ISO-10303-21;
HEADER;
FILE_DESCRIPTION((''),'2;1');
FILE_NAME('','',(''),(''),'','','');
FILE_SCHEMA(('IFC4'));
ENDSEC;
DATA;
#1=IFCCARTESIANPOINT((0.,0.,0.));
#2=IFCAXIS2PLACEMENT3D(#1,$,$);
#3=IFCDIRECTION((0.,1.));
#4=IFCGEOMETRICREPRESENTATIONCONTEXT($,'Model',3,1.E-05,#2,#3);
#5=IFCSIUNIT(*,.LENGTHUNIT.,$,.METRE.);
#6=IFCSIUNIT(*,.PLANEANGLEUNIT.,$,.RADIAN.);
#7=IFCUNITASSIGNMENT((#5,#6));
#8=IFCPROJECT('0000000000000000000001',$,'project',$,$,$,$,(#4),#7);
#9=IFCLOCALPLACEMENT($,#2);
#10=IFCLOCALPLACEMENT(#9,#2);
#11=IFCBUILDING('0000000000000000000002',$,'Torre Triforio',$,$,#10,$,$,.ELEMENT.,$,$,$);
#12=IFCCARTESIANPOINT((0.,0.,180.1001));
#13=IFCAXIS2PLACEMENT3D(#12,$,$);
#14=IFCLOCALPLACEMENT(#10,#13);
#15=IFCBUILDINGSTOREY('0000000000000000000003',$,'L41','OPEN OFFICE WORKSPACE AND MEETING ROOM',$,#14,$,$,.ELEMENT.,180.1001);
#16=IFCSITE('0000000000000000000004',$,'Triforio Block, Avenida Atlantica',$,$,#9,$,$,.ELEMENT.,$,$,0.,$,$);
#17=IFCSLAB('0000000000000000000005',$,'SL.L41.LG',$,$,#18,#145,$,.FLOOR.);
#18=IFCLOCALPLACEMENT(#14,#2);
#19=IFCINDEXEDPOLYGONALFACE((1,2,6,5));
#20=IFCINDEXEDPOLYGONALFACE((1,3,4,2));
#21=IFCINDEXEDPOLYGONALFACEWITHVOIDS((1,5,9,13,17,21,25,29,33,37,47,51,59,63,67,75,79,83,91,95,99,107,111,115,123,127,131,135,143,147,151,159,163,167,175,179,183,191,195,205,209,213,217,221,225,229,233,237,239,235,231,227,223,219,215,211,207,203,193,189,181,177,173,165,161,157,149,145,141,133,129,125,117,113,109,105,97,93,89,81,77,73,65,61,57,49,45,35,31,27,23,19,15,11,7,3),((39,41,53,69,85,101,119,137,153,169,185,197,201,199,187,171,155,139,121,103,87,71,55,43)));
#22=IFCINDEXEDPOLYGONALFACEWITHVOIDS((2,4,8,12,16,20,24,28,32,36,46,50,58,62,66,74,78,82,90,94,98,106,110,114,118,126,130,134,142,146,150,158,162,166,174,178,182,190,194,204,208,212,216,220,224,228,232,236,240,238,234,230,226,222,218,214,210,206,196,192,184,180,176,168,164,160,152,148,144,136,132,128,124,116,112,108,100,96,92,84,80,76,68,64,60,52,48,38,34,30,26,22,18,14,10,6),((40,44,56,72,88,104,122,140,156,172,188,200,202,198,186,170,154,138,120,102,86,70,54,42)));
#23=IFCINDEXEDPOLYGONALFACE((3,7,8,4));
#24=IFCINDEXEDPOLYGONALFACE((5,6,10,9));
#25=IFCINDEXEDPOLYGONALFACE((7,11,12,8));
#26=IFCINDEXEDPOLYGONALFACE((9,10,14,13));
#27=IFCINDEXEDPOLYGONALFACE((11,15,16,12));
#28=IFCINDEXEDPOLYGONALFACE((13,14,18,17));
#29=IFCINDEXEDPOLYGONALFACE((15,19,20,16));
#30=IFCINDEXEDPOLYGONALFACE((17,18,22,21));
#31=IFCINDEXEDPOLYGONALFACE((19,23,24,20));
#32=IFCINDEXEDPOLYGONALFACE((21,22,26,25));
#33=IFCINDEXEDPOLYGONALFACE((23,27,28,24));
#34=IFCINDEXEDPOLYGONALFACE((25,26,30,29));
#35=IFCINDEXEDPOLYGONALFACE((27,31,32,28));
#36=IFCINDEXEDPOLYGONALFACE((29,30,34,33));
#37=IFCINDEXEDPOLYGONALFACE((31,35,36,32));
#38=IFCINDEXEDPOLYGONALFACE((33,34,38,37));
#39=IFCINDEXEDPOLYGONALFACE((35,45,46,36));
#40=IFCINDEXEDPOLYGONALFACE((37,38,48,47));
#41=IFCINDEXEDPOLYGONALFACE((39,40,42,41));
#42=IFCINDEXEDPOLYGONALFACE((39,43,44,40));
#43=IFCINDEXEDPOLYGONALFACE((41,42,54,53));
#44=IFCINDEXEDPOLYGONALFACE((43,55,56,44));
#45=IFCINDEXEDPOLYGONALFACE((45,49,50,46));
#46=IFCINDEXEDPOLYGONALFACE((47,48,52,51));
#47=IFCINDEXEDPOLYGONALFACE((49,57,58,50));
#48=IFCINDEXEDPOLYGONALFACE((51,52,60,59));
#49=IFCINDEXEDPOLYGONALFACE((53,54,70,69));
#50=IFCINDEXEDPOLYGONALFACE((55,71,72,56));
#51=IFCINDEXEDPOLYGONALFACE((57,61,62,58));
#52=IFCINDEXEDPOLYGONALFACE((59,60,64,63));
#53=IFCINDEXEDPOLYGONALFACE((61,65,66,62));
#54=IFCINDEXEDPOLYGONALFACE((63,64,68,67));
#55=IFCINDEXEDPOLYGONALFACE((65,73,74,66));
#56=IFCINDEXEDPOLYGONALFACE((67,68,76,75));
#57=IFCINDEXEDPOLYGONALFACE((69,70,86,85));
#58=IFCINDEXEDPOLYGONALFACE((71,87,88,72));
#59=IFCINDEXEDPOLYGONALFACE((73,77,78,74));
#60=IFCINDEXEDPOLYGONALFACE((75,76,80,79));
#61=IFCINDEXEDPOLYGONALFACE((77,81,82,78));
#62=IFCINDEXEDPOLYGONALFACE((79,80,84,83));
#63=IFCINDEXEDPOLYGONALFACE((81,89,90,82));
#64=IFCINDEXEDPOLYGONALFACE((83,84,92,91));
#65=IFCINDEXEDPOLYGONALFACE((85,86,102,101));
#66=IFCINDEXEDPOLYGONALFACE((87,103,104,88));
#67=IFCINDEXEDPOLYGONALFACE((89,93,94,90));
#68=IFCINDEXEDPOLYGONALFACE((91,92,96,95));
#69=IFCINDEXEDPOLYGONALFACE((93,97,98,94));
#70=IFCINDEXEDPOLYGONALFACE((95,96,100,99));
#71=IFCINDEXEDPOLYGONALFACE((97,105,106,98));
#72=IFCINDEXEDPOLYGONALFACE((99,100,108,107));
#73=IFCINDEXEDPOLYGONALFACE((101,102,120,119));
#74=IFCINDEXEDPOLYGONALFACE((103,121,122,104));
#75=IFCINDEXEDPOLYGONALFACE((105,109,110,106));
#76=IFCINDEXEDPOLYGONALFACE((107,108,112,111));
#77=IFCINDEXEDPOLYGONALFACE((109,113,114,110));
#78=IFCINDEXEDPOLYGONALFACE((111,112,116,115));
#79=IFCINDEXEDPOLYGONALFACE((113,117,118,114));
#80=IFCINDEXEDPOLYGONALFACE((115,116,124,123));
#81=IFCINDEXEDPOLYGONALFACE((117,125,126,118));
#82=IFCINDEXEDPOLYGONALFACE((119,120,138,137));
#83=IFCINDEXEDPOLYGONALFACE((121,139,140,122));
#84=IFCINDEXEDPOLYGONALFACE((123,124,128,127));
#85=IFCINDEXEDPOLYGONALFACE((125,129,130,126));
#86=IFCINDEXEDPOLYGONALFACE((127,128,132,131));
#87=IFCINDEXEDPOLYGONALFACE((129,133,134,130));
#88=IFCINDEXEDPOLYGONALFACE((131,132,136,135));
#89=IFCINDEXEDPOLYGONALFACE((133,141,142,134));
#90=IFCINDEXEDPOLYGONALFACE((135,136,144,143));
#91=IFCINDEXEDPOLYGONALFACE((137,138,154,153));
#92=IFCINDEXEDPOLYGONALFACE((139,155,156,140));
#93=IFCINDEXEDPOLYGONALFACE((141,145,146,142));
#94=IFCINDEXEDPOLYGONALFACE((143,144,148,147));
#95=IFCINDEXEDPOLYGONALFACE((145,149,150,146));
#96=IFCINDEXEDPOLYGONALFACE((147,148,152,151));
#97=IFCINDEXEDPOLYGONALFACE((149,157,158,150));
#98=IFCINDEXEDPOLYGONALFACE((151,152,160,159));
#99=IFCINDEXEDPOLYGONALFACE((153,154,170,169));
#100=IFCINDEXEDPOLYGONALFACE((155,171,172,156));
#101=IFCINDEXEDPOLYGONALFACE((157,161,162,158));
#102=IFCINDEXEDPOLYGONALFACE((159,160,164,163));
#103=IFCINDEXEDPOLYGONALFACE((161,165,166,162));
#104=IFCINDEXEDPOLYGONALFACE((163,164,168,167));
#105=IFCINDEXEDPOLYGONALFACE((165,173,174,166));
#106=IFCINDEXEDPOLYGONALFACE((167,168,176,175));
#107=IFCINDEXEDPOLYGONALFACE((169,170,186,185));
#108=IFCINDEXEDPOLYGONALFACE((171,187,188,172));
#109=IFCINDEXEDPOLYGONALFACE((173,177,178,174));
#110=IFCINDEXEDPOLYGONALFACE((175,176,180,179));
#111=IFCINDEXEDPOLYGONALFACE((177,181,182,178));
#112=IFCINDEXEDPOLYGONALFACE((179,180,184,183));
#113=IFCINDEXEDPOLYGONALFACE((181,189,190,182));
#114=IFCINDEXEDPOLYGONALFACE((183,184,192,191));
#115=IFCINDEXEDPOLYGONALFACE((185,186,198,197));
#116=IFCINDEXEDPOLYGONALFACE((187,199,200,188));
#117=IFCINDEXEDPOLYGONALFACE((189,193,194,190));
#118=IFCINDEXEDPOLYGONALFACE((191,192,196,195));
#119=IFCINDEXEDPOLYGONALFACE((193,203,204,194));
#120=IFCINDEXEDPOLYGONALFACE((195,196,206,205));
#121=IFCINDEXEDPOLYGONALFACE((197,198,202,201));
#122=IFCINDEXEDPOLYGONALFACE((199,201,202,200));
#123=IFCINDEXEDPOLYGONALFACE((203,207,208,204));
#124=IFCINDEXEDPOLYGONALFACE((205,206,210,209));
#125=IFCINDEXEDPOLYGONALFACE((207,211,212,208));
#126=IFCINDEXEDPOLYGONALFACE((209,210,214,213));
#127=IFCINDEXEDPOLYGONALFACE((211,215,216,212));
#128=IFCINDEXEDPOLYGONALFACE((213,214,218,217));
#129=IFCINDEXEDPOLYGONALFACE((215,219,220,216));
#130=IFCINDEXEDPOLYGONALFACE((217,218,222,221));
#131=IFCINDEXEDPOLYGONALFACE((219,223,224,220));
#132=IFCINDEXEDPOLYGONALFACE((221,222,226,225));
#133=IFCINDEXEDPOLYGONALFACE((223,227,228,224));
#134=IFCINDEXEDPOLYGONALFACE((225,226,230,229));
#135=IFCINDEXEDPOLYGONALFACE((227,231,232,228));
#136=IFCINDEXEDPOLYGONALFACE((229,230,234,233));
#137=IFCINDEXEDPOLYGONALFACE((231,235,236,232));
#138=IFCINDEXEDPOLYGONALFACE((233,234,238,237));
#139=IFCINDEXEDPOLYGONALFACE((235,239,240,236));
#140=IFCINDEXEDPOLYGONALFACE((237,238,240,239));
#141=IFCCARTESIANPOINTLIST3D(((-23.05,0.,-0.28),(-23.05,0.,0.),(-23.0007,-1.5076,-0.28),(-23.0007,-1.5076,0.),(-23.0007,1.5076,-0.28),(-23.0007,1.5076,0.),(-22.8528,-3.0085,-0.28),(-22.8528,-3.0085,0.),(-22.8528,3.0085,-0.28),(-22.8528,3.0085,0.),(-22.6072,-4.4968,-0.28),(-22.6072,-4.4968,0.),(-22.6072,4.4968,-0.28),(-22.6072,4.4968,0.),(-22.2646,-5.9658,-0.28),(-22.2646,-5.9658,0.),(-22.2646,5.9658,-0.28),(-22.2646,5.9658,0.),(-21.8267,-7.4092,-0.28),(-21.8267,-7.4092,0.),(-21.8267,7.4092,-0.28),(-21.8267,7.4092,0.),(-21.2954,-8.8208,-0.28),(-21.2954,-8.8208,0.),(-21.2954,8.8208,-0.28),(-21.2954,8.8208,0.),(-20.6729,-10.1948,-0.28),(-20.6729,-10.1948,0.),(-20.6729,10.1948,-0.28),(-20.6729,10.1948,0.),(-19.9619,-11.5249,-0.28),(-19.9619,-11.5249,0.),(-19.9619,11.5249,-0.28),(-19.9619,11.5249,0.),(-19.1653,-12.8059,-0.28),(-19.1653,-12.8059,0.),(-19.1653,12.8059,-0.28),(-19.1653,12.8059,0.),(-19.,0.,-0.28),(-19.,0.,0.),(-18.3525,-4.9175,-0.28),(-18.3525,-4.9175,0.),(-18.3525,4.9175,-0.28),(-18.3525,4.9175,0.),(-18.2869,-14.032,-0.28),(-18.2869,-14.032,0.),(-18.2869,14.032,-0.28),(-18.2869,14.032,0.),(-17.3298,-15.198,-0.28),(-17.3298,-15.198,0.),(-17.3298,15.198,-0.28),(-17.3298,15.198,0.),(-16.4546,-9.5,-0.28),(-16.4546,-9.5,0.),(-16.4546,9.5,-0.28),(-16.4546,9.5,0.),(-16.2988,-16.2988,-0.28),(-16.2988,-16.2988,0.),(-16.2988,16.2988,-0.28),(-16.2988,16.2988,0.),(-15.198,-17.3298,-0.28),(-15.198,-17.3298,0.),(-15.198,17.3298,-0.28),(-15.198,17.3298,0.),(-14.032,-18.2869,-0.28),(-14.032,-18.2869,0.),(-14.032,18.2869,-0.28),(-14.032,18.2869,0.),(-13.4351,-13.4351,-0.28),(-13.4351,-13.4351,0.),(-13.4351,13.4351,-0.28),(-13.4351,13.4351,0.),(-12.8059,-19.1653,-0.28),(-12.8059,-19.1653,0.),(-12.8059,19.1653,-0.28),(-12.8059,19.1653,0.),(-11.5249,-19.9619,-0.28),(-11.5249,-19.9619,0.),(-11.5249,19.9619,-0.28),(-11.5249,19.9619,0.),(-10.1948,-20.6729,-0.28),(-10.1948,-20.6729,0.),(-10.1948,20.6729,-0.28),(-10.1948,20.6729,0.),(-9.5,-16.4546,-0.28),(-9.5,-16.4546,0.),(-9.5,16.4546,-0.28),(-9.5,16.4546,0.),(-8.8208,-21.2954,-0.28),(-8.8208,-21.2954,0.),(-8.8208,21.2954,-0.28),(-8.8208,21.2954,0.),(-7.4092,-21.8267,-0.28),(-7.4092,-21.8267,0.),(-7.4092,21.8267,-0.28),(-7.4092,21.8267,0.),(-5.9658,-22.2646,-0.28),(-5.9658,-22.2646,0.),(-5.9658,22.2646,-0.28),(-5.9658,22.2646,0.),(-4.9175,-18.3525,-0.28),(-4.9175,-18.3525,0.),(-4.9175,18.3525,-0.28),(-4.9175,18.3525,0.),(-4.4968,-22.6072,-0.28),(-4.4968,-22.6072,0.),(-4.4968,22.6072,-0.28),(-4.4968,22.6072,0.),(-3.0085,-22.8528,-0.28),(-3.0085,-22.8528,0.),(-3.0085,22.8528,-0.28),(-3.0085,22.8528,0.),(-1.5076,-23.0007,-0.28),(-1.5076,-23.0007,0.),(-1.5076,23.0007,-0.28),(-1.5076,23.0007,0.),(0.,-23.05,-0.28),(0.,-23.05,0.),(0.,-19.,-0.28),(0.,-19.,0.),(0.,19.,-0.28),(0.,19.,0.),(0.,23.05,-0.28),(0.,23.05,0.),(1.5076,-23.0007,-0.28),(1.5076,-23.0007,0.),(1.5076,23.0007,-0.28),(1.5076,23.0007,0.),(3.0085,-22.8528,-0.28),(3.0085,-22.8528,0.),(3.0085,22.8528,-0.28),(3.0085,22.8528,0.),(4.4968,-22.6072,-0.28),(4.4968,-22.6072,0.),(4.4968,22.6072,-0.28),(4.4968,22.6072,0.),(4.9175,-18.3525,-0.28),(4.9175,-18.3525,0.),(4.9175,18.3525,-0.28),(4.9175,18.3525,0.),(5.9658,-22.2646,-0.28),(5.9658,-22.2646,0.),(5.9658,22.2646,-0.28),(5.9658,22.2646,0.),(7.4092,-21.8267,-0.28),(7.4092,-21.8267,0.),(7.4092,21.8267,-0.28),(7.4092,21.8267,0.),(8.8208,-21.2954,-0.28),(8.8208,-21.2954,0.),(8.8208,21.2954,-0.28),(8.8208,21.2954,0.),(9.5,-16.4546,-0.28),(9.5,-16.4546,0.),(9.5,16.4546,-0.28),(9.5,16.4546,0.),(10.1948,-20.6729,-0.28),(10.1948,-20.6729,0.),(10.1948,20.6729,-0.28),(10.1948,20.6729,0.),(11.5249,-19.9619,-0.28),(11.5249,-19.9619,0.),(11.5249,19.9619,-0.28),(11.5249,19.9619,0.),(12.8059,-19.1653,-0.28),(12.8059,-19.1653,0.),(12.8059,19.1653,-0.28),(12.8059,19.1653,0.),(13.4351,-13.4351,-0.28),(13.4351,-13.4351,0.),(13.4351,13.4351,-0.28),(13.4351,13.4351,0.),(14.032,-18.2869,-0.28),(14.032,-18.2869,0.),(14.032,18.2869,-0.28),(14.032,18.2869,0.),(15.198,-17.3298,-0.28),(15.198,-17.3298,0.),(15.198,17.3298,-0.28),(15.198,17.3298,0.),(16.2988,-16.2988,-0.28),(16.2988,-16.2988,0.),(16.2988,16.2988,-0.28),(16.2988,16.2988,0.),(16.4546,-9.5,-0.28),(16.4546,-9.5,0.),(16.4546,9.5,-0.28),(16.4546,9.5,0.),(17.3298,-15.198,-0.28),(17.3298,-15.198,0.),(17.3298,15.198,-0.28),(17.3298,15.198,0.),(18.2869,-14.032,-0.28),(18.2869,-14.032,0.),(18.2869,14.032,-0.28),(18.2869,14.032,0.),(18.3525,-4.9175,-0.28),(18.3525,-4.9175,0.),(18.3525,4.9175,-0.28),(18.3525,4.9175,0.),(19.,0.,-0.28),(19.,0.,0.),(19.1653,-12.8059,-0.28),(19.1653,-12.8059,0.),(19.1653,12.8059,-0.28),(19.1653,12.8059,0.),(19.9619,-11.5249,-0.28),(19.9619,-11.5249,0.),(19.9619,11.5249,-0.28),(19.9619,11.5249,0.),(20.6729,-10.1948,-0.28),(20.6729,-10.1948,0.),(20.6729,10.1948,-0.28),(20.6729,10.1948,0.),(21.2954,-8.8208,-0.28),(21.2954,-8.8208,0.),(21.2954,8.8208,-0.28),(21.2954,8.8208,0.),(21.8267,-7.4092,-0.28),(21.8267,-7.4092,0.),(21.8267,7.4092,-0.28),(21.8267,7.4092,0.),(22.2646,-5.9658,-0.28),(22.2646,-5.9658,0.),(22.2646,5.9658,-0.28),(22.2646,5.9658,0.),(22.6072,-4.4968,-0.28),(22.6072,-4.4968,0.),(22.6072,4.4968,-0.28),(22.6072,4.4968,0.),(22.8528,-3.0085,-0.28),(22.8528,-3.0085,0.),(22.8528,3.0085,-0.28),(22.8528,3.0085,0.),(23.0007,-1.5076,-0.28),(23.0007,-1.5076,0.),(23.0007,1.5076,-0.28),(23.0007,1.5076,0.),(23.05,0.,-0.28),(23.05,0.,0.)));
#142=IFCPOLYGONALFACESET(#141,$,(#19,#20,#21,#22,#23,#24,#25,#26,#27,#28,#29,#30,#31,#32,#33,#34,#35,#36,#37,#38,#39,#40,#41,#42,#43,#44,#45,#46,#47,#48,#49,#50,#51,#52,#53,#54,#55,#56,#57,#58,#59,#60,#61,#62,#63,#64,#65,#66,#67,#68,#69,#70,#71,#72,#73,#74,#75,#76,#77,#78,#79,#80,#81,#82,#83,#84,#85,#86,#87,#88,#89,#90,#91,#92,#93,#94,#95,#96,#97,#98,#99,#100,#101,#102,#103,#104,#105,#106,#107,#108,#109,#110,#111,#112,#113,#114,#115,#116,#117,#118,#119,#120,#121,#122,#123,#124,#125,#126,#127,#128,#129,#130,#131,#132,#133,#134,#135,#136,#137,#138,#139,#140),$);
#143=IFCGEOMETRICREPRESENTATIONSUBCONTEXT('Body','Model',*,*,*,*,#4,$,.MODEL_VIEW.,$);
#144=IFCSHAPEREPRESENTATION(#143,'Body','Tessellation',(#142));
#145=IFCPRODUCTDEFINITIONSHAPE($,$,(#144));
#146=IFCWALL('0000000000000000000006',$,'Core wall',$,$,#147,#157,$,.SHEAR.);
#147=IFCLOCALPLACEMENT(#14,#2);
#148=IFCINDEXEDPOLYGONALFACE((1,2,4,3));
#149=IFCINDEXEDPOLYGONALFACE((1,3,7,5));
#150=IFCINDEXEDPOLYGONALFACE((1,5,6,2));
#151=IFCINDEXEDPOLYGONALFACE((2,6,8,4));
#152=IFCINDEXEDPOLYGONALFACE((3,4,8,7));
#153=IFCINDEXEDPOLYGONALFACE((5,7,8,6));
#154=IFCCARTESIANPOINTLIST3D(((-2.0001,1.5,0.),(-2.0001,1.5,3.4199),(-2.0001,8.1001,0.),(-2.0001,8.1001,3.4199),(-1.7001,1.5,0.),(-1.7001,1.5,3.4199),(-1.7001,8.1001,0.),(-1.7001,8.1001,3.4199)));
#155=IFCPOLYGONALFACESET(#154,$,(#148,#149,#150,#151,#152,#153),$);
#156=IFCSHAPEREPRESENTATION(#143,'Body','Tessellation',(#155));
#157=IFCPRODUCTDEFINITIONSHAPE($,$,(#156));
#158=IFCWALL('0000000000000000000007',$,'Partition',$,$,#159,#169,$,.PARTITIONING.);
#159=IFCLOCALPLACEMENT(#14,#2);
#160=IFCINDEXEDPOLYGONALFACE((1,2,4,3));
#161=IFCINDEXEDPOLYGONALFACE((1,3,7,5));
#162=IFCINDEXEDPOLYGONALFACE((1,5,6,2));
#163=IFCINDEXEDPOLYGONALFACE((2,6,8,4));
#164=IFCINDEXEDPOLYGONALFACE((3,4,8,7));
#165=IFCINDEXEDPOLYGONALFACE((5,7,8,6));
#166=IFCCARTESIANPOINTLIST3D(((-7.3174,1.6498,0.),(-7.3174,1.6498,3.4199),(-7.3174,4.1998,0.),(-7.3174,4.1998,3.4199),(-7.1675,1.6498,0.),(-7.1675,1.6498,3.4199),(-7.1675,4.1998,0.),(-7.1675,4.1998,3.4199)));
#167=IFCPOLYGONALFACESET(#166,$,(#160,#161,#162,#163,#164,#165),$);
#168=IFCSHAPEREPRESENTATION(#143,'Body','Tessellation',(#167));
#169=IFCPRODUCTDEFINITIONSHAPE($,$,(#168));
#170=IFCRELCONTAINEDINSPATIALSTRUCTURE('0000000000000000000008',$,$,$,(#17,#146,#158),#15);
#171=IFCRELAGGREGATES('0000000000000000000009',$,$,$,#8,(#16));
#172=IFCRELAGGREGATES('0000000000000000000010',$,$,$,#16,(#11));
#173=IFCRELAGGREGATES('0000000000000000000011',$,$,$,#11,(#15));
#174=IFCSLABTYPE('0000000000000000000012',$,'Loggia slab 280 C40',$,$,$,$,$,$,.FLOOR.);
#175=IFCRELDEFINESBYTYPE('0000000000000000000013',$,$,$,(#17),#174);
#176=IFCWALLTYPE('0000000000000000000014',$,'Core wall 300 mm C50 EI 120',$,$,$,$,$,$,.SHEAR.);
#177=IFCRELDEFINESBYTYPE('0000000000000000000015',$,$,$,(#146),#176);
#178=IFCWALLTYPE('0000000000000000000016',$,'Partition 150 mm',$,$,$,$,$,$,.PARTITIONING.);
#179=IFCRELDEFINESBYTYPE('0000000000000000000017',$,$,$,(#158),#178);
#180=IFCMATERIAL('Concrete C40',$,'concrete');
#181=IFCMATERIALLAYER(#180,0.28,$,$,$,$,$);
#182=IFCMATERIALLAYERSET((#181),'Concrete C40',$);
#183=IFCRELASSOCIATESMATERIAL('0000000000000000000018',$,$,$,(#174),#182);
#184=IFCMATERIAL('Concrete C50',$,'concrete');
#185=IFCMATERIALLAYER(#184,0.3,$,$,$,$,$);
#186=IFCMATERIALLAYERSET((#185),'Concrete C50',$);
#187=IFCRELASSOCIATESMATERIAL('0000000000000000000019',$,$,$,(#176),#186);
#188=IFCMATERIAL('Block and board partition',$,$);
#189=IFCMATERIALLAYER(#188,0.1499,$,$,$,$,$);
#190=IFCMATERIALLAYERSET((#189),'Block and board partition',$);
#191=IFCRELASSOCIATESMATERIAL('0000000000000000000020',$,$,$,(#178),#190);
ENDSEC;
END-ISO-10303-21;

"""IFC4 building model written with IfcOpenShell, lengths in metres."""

from ifc_helpers import new_model, si_unit, direction, frame, frame_2d, origin, place, context, subcontext, project, spatial, polyline, rectangle, outline, extrude, material, layer, layer_set, type_object, element, save


model = new_model("IFC4")

# Units and contexts
model_context = context("Model", 3, precision=1e-05, world=origin(), true_north=direction((0.0, 1.0)))
body_context = subcontext(model_context, "Body", "Model", "MODEL_VIEW")
ifc_project = project(units=[si_unit("LENGTHUNIT", "METRE"), si_unit("PLANEANGLEUNIT", "RADIAN")], contexts=[model_context])

# Site, building, storey
site_placement = place(None, origin())
site = spatial("IfcSite", under=ifc_project, at=site_placement, Name="Triforio Block, Avenida Atlantica", CompositionType="ELEMENT", RefElevation=0.0)
building_placement = place(site_placement, origin())
building = spatial("IfcBuilding", under=site, at=building_placement, Name="Torre Triforio", CompositionType="ELEMENT")
storey_placement = place(building_placement, frame((0.0, 0.0, 180.1001)))
storey = spatial("IfcBuildingStorey", under=building, at=storey_placement, Name="L41", Description="OPEN OFFICE WORKSPACE AND MEETING ROOM", CompositionType="ELEMENT", Elevation=180.1001)

# Slab
ifc_material_1 = material(Name="Concrete C40", Category="concrete")
ifc_layer_1 = layer(ifc_material_1, 0.28)
ifc_layer_set_1 = layer_set([ifc_layer_1], Name="Concrete C40")
slab_type_1 = type_object("IfcSlabType", Name="Loggia slab 280 C40", PredefinedType="FLOOR", material=ifc_layer_set_1)
slab_1_placement = place(storey_placement, frame((0.0, 0.0, -0.28)))
element("IfcSlab", 1, at=slab_1_placement, inside=storey, type_object=slab_type_1, Name="SL.L41.LG", PredefinedType="FLOOR", context=body_context, shape_type="SweptSolid", body=[
    extrude(outline(polyline([(23.0007, -1.5076), (23.05, 0.0), (23.0007, 1.5076), (22.8528, 3.0085), (22.6072, 4.4968), (22.2646, 5.9658), (21.8267, 7.4092), (21.2954, 8.8208), (20.6729, 10.1948), (19.9619, 11.5249), (19.1653, 12.8059), (18.2869, 14.032), (17.3298, 15.198), (16.2988, 16.2988), (15.198, 17.3298), (14.032, 18.2869), (12.8059, 19.1653), (11.5249, 19.9619), (10.1948, 20.6729), (8.8208, 21.2954), (7.4092, 21.8267), (5.9658, 22.2646), (4.4968, 22.6072), (3.0085, 22.8528), (1.5076, 23.0007), (0.0, 23.05), (-1.5076, 23.0007), (-3.0085, 22.8528), (-4.4968, 22.6072), (-5.9658, 22.2646), (-7.4092, 21.8267), (-8.8208, 21.2954), (-10.1948, 20.6729), (-11.5249, 19.9619), (-12.8059, 19.1653), (-14.032, 18.2869), (-15.198, 17.3298), (-16.2988, 16.2988), (-17.3298, 15.198), (-18.2869, 14.032), (-19.1653, 12.8059), (-19.9619, 11.5249), (-20.6729, 10.1948), (-21.2954, 8.8208), (-21.8267, 7.4092), (-22.2646, 5.9658), (-22.6072, 4.4968), (-22.8528, 3.0085), (-23.0007, 1.5076), (-23.05, 0.0), (-23.0007, -1.5076), (-22.8528, -3.0085), (-22.6072, -4.4968), (-22.2646, -5.9658), (-21.8267, -7.4092), (-21.2954, -8.8208), (-20.6729, -10.1948), (-19.9619, -11.5249), (-19.1653, -12.8059), (-18.2869, -14.032), (-17.3298, -15.198), (-16.2988, -16.2988), (-15.198, -17.3298), (-14.032, -18.2869), (-12.8059, -19.1653), (-11.5249, -19.9619), (-10.1948, -20.6729), (-8.8208, -21.2954), (-7.4092, -21.8267), (-5.9658, -22.2646), (-4.4968, -22.6072), (-3.0085, -22.8528), (-1.5076, -23.0007), (0.0, -23.05), (1.5076, -23.0007), (3.0085, -22.8528), (4.4968, -22.6072), (5.9658, -22.2646), (7.4092, -21.8267), (8.8208, -21.2954), (10.1948, -20.6729), (11.5249, -19.9619), (12.8059, -19.1653), (14.032, -18.2869), (15.198, -17.3298), (16.2988, -16.2988), (17.3298, -15.198), (18.2869, -14.032), (19.1653, -12.8059), (19.9619, -11.5249), (20.6729, -10.1948), (21.2954, -8.8208), (21.8267, -7.4092), (22.2646, -5.9658), (22.6072, -4.4968), (22.8528, -3.0085), (23.0007, -1.5076)]), holes=[polyline([(18.3525, 4.9175), (19.0, 0.0), (18.3525, -4.9175), (16.4546, -9.5), (13.4351, -13.4351), (9.5, -16.4546), (4.9175, -18.3525), (0.0, -19.0), (-4.9175, -18.3525), (-9.5, -16.4546), (-13.4351, -13.4351), (-16.4546, -9.5), (-18.3525, -4.9175), (-19.0, 0.0), (-18.3525, 4.9175), (-16.4546, 9.5), (-13.4351, 13.4351), (-9.5, 16.4546), (-4.9175, 18.3525), (0.0, 19.0), (4.9175, 18.3525), (9.5, 16.4546), (13.4351, 13.4351), (16.4546, 9.5), (18.3525, 4.9175)])]), origin(), (0.0, 0.0, 1.0), 0.28),
])

# Walls
ifc_material_2 = material(Name="Concrete C50", Category="concrete")
ifc_layer_2 = layer(ifc_material_2, 0.3)
ifc_layer_set_2 = layer_set([ifc_layer_2], Name="Concrete C50")
wall_type_1 = type_object("IfcWallType", Name="Core wall 300 mm C50 EI 120", PredefinedType="SHEAR", material=ifc_layer_set_2)
wall_1_placement = place(storey_placement, frame((-1.8501, 1.5, 0.0), z_axis=(0.0, 0.0, 1.0), x_axis=(0.0, 1.0, 0.0)))
element("IfcWall", 2, at=wall_1_placement, inside=storey, type_object=wall_type_1, Name="Core wall", PredefinedType="SHEAR", context=body_context, shape_type="SweptSolid", body=[
    extrude(rectangle(XDim=6.6001, YDim=0.3, at=frame_2d((3.3, 0.0))), origin(), (0.0, 0.0, 1.0), 3.4199),
])
ifc_material_3 = material(Name="Block and board partition")
ifc_layer_3 = layer(ifc_material_3, 0.1499)
ifc_layer_set_3 = layer_set([ifc_layer_3], Name="Block and board partition")
wall_type_2 = type_object("IfcWallType", Name="Partition 150 mm", PredefinedType="PARTITIONING", material=ifc_layer_set_3)
wall_2_placement = place(storey_placement, frame((-7.2424, 1.6499, 0.0), z_axis=(0.0, 0.0, 1.0), x_axis=(0.0, 1.0, 0.0)))
element("IfcWall", 3, at=wall_2_placement, inside=storey, type_object=wall_type_2, Name="Partition", PredefinedType="PARTITIONING", context=body_context, shape_type="SweptSolid", body=[
    extrude(rectangle(XDim=2.55, YDim=0.1499, at=frame_2d((1.2749, 0.0))), origin(), (0.0, 0.0, 1.0), 3.4199),
])

save(model, "model.ifc")
